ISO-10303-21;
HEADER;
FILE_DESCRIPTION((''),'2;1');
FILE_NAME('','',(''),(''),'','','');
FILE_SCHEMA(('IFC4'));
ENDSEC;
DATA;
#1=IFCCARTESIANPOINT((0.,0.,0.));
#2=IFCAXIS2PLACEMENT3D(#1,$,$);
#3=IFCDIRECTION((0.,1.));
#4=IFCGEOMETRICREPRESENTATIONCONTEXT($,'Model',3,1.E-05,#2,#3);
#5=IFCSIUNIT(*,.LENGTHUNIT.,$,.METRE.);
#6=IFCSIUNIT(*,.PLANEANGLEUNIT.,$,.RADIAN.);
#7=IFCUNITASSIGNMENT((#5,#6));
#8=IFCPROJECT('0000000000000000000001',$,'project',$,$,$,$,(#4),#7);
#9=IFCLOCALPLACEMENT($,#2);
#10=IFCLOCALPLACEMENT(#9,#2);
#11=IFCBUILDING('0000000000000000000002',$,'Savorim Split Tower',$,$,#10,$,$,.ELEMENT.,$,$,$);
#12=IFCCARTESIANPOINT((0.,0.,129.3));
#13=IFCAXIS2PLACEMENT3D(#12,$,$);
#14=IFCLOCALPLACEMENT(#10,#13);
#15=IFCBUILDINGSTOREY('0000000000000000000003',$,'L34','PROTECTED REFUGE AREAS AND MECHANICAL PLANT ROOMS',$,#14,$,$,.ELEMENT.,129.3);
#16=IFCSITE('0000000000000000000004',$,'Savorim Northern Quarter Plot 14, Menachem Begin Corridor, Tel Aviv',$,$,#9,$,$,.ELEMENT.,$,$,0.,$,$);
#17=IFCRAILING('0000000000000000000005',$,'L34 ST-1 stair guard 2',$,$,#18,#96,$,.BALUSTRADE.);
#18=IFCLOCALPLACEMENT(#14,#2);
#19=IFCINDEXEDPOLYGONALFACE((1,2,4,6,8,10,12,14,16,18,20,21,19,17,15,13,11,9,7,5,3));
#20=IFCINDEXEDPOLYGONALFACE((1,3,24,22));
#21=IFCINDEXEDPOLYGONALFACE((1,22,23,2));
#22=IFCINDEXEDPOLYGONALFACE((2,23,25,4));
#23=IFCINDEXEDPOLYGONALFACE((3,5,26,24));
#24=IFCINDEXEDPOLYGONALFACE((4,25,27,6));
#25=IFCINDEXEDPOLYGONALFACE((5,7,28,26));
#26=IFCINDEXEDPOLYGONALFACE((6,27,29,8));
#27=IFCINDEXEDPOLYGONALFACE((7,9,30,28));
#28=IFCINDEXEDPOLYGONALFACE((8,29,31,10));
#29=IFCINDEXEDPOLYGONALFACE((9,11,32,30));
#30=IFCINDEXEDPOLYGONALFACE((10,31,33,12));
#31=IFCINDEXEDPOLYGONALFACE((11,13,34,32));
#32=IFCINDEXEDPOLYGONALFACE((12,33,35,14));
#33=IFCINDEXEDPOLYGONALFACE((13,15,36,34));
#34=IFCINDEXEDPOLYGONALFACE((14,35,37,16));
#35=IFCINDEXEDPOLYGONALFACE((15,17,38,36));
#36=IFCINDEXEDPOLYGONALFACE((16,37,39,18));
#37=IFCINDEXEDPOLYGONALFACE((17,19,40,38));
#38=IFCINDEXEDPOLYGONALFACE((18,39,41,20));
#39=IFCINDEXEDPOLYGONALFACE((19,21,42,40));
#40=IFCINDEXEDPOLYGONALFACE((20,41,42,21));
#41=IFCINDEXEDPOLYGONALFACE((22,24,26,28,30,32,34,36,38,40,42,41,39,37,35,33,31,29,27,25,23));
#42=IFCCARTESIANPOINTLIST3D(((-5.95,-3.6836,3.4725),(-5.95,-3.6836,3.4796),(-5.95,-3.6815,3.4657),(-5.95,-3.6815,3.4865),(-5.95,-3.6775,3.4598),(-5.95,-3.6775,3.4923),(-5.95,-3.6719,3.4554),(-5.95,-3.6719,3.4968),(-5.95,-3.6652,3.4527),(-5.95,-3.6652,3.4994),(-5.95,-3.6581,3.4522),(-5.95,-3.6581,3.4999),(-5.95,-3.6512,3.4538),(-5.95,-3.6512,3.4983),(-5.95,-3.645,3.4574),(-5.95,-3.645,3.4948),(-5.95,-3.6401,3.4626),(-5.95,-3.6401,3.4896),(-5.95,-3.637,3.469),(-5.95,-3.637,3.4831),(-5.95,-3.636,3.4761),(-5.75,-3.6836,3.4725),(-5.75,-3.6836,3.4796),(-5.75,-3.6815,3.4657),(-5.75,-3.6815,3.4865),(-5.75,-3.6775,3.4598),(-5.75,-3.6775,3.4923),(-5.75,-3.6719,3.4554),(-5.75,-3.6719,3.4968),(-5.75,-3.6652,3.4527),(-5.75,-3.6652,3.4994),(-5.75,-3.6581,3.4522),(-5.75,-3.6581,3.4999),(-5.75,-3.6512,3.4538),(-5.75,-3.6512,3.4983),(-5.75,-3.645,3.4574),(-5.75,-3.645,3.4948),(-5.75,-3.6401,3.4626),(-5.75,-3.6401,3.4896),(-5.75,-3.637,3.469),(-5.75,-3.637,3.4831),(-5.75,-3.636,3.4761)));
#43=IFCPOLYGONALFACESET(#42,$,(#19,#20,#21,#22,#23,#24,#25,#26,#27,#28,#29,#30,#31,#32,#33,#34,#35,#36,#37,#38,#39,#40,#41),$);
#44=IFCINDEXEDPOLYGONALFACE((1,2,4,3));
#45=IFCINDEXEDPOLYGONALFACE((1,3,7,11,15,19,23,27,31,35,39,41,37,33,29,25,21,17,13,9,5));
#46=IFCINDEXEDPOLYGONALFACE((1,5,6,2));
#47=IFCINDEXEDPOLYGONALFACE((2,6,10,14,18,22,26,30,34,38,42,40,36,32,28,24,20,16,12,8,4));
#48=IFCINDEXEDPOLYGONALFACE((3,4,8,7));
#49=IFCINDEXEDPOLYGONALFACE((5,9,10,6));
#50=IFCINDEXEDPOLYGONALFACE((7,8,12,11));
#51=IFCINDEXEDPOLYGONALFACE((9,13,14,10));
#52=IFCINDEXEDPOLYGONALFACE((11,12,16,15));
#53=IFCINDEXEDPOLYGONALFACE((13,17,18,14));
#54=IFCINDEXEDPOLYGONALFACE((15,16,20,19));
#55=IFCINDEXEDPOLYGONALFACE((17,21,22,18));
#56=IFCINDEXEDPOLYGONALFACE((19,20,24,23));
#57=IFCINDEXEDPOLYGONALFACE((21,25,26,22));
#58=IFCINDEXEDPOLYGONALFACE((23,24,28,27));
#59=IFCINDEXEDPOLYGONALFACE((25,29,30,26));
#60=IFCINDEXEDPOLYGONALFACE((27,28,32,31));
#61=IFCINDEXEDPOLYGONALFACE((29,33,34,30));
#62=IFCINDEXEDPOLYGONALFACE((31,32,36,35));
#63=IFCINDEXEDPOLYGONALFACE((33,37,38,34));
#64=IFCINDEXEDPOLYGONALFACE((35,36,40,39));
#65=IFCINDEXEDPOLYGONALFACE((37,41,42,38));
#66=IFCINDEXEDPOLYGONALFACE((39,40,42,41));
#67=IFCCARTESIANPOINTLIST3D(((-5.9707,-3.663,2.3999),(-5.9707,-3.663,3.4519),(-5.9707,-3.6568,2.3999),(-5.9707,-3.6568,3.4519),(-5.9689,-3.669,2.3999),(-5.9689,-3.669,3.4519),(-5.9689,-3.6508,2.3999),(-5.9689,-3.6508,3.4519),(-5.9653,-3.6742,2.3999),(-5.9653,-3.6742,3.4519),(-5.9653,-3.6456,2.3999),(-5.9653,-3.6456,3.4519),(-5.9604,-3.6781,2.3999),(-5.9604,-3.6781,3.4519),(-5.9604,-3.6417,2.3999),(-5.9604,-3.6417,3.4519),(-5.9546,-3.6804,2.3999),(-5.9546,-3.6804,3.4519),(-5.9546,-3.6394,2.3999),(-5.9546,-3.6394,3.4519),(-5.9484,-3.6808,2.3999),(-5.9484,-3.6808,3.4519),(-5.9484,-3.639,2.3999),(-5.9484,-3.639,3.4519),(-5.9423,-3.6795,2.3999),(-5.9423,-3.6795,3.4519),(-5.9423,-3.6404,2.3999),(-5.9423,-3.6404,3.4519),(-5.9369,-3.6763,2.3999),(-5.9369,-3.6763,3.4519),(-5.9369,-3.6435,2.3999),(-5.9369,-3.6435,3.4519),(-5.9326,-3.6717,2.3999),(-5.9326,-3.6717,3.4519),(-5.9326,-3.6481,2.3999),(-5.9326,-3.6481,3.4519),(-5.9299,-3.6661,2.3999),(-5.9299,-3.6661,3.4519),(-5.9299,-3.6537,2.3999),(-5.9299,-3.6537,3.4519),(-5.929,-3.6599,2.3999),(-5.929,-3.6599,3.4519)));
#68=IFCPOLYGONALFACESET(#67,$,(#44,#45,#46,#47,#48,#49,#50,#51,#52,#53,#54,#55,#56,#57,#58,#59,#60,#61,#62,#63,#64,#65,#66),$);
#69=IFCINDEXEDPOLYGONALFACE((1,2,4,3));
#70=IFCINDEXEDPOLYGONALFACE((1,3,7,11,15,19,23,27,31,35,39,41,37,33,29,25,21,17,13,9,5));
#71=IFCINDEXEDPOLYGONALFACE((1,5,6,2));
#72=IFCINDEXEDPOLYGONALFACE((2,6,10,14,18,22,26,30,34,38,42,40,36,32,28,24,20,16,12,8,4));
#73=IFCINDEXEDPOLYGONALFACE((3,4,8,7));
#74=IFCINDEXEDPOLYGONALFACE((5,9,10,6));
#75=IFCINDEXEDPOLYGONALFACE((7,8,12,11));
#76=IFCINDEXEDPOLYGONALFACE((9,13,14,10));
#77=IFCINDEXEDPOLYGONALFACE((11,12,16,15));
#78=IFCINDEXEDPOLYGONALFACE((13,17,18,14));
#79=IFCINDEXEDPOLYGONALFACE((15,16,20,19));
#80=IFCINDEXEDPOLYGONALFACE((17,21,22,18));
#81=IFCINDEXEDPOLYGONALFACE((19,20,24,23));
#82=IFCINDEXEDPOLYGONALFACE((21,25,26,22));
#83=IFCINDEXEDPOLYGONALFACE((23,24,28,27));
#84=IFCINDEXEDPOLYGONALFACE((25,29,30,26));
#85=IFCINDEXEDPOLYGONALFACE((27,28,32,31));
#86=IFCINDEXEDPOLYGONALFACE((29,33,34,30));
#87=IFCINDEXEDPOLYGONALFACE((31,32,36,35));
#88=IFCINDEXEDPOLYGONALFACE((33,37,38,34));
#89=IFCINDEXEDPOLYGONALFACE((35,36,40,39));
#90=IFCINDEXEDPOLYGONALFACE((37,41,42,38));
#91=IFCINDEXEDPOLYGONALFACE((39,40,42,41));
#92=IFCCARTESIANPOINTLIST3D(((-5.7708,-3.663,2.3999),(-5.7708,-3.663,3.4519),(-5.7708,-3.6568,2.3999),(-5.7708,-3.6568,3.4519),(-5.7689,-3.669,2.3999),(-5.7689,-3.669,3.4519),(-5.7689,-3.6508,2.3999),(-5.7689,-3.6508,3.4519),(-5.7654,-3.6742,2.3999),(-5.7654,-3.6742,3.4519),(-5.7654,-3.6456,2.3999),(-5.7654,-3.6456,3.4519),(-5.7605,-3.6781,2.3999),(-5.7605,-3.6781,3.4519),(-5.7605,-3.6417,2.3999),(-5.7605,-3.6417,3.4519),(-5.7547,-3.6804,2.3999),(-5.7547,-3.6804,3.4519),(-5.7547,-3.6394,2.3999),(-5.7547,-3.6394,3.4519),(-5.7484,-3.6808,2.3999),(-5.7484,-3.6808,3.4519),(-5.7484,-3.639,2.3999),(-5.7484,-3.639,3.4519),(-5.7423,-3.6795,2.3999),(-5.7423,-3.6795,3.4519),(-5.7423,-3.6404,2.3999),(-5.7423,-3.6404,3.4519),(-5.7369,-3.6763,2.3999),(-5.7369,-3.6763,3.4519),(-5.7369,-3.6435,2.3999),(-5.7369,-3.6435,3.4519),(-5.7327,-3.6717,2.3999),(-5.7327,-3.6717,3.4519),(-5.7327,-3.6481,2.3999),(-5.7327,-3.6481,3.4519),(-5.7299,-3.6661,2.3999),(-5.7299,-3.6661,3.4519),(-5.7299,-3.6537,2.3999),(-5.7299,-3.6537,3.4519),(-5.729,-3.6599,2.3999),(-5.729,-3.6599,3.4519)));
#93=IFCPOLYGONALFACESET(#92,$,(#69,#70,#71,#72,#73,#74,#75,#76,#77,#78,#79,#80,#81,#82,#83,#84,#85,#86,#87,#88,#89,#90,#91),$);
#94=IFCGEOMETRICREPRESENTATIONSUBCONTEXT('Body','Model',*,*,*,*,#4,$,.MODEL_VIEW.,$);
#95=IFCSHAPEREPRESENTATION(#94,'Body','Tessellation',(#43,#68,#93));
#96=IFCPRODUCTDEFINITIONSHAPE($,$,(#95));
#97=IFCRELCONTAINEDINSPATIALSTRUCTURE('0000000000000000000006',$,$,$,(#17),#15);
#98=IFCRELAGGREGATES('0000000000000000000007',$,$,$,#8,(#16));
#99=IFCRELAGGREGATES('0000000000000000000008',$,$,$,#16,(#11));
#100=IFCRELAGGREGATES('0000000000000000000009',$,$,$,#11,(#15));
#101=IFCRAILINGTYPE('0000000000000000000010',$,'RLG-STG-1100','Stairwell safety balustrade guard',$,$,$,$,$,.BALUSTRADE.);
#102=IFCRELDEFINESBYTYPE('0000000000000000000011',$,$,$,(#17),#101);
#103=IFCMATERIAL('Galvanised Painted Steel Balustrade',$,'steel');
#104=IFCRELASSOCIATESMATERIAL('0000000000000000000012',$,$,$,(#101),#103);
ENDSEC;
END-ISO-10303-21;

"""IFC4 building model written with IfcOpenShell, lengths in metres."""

from ifc_helpers import new_model, si_unit, direction, frame, origin, origin_2d, place, context, subcontext, project, spatial, circle, extrude, material, type_object, element, save


model = new_model("IFC4")

# Units and contexts
model_context = context("Model", 3, precision=1e-05, world=origin(), true_north=direction((0.0, 1.0)))
body_context = subcontext(model_context, "Body", "Model", "MODEL_VIEW")
ifc_project = project(units=[si_unit("LENGTHUNIT", "METRE"), si_unit("PLANEANGLEUNIT", "RADIAN")], contexts=[model_context])

# Site, building, storey
site_placement = place(None, origin())
site = spatial("IfcSite", under=ifc_project, at=site_placement, Name="Savorim Northern Quarter Plot 14, Menachem Begin Corridor, Tel Aviv", CompositionType="ELEMENT", RefElevation=0.0)
building_placement = place(site_placement, origin())
building = spatial("IfcBuilding", under=site, at=building_placement, Name="Savorim Split Tower", CompositionType="ELEMENT")
storey_placement = place(building_placement, frame((0.0, 0.0, 129.3)))
storey = spatial("IfcBuildingStorey", under=building, at=storey_placement, Name="L34", Description="PROTECTED REFUGE AREAS AND MECHANICAL PLANT ROOMS", CompositionType="ELEMENT", Elevation=129.3)

# Railing
ifc_material_1 = material(Name="Galvanised Painted Steel Balustrade", Category="steel")
railing_type_1 = type_object("IfcRailingType", Name="RLG-STG-1100", Description="Stairwell safety balustrade guard", PredefinedType="BALUSTRADE", material=ifc_material_1)
railing_1_placement = place(storey_placement, frame((-5.95, -3.6599, 2.3999)))
element("IfcRailing", 1, at=railing_1_placement, inside=storey, type_object=railing_type_1, Name="L34 ST-1 stair guard 2", PredefinedType="BALUSTRADE", context=body_context, shape_type="SweptSolid", body=[
    extrude(circle(Radius=0.0239, at=origin_2d()), frame((0.0, 0.0, 1.0762), z_axis=(1.0, 0.0, 0.0), x_axis=(0.0, 1.0, 0.0)), (0.0, 0.0, 1.0), 0.2),
    extrude(circle(Radius=0.021, at=origin_2d()), origin(), (0.0, 0.0, 1.0), 1.052),
    extrude(circle(Radius=0.021, at=origin_2d()), frame((0.2, 0.0, 0.0)), (0.0, 0.0, 1.0), 1.052),
])

save(model, "model.ifc")
